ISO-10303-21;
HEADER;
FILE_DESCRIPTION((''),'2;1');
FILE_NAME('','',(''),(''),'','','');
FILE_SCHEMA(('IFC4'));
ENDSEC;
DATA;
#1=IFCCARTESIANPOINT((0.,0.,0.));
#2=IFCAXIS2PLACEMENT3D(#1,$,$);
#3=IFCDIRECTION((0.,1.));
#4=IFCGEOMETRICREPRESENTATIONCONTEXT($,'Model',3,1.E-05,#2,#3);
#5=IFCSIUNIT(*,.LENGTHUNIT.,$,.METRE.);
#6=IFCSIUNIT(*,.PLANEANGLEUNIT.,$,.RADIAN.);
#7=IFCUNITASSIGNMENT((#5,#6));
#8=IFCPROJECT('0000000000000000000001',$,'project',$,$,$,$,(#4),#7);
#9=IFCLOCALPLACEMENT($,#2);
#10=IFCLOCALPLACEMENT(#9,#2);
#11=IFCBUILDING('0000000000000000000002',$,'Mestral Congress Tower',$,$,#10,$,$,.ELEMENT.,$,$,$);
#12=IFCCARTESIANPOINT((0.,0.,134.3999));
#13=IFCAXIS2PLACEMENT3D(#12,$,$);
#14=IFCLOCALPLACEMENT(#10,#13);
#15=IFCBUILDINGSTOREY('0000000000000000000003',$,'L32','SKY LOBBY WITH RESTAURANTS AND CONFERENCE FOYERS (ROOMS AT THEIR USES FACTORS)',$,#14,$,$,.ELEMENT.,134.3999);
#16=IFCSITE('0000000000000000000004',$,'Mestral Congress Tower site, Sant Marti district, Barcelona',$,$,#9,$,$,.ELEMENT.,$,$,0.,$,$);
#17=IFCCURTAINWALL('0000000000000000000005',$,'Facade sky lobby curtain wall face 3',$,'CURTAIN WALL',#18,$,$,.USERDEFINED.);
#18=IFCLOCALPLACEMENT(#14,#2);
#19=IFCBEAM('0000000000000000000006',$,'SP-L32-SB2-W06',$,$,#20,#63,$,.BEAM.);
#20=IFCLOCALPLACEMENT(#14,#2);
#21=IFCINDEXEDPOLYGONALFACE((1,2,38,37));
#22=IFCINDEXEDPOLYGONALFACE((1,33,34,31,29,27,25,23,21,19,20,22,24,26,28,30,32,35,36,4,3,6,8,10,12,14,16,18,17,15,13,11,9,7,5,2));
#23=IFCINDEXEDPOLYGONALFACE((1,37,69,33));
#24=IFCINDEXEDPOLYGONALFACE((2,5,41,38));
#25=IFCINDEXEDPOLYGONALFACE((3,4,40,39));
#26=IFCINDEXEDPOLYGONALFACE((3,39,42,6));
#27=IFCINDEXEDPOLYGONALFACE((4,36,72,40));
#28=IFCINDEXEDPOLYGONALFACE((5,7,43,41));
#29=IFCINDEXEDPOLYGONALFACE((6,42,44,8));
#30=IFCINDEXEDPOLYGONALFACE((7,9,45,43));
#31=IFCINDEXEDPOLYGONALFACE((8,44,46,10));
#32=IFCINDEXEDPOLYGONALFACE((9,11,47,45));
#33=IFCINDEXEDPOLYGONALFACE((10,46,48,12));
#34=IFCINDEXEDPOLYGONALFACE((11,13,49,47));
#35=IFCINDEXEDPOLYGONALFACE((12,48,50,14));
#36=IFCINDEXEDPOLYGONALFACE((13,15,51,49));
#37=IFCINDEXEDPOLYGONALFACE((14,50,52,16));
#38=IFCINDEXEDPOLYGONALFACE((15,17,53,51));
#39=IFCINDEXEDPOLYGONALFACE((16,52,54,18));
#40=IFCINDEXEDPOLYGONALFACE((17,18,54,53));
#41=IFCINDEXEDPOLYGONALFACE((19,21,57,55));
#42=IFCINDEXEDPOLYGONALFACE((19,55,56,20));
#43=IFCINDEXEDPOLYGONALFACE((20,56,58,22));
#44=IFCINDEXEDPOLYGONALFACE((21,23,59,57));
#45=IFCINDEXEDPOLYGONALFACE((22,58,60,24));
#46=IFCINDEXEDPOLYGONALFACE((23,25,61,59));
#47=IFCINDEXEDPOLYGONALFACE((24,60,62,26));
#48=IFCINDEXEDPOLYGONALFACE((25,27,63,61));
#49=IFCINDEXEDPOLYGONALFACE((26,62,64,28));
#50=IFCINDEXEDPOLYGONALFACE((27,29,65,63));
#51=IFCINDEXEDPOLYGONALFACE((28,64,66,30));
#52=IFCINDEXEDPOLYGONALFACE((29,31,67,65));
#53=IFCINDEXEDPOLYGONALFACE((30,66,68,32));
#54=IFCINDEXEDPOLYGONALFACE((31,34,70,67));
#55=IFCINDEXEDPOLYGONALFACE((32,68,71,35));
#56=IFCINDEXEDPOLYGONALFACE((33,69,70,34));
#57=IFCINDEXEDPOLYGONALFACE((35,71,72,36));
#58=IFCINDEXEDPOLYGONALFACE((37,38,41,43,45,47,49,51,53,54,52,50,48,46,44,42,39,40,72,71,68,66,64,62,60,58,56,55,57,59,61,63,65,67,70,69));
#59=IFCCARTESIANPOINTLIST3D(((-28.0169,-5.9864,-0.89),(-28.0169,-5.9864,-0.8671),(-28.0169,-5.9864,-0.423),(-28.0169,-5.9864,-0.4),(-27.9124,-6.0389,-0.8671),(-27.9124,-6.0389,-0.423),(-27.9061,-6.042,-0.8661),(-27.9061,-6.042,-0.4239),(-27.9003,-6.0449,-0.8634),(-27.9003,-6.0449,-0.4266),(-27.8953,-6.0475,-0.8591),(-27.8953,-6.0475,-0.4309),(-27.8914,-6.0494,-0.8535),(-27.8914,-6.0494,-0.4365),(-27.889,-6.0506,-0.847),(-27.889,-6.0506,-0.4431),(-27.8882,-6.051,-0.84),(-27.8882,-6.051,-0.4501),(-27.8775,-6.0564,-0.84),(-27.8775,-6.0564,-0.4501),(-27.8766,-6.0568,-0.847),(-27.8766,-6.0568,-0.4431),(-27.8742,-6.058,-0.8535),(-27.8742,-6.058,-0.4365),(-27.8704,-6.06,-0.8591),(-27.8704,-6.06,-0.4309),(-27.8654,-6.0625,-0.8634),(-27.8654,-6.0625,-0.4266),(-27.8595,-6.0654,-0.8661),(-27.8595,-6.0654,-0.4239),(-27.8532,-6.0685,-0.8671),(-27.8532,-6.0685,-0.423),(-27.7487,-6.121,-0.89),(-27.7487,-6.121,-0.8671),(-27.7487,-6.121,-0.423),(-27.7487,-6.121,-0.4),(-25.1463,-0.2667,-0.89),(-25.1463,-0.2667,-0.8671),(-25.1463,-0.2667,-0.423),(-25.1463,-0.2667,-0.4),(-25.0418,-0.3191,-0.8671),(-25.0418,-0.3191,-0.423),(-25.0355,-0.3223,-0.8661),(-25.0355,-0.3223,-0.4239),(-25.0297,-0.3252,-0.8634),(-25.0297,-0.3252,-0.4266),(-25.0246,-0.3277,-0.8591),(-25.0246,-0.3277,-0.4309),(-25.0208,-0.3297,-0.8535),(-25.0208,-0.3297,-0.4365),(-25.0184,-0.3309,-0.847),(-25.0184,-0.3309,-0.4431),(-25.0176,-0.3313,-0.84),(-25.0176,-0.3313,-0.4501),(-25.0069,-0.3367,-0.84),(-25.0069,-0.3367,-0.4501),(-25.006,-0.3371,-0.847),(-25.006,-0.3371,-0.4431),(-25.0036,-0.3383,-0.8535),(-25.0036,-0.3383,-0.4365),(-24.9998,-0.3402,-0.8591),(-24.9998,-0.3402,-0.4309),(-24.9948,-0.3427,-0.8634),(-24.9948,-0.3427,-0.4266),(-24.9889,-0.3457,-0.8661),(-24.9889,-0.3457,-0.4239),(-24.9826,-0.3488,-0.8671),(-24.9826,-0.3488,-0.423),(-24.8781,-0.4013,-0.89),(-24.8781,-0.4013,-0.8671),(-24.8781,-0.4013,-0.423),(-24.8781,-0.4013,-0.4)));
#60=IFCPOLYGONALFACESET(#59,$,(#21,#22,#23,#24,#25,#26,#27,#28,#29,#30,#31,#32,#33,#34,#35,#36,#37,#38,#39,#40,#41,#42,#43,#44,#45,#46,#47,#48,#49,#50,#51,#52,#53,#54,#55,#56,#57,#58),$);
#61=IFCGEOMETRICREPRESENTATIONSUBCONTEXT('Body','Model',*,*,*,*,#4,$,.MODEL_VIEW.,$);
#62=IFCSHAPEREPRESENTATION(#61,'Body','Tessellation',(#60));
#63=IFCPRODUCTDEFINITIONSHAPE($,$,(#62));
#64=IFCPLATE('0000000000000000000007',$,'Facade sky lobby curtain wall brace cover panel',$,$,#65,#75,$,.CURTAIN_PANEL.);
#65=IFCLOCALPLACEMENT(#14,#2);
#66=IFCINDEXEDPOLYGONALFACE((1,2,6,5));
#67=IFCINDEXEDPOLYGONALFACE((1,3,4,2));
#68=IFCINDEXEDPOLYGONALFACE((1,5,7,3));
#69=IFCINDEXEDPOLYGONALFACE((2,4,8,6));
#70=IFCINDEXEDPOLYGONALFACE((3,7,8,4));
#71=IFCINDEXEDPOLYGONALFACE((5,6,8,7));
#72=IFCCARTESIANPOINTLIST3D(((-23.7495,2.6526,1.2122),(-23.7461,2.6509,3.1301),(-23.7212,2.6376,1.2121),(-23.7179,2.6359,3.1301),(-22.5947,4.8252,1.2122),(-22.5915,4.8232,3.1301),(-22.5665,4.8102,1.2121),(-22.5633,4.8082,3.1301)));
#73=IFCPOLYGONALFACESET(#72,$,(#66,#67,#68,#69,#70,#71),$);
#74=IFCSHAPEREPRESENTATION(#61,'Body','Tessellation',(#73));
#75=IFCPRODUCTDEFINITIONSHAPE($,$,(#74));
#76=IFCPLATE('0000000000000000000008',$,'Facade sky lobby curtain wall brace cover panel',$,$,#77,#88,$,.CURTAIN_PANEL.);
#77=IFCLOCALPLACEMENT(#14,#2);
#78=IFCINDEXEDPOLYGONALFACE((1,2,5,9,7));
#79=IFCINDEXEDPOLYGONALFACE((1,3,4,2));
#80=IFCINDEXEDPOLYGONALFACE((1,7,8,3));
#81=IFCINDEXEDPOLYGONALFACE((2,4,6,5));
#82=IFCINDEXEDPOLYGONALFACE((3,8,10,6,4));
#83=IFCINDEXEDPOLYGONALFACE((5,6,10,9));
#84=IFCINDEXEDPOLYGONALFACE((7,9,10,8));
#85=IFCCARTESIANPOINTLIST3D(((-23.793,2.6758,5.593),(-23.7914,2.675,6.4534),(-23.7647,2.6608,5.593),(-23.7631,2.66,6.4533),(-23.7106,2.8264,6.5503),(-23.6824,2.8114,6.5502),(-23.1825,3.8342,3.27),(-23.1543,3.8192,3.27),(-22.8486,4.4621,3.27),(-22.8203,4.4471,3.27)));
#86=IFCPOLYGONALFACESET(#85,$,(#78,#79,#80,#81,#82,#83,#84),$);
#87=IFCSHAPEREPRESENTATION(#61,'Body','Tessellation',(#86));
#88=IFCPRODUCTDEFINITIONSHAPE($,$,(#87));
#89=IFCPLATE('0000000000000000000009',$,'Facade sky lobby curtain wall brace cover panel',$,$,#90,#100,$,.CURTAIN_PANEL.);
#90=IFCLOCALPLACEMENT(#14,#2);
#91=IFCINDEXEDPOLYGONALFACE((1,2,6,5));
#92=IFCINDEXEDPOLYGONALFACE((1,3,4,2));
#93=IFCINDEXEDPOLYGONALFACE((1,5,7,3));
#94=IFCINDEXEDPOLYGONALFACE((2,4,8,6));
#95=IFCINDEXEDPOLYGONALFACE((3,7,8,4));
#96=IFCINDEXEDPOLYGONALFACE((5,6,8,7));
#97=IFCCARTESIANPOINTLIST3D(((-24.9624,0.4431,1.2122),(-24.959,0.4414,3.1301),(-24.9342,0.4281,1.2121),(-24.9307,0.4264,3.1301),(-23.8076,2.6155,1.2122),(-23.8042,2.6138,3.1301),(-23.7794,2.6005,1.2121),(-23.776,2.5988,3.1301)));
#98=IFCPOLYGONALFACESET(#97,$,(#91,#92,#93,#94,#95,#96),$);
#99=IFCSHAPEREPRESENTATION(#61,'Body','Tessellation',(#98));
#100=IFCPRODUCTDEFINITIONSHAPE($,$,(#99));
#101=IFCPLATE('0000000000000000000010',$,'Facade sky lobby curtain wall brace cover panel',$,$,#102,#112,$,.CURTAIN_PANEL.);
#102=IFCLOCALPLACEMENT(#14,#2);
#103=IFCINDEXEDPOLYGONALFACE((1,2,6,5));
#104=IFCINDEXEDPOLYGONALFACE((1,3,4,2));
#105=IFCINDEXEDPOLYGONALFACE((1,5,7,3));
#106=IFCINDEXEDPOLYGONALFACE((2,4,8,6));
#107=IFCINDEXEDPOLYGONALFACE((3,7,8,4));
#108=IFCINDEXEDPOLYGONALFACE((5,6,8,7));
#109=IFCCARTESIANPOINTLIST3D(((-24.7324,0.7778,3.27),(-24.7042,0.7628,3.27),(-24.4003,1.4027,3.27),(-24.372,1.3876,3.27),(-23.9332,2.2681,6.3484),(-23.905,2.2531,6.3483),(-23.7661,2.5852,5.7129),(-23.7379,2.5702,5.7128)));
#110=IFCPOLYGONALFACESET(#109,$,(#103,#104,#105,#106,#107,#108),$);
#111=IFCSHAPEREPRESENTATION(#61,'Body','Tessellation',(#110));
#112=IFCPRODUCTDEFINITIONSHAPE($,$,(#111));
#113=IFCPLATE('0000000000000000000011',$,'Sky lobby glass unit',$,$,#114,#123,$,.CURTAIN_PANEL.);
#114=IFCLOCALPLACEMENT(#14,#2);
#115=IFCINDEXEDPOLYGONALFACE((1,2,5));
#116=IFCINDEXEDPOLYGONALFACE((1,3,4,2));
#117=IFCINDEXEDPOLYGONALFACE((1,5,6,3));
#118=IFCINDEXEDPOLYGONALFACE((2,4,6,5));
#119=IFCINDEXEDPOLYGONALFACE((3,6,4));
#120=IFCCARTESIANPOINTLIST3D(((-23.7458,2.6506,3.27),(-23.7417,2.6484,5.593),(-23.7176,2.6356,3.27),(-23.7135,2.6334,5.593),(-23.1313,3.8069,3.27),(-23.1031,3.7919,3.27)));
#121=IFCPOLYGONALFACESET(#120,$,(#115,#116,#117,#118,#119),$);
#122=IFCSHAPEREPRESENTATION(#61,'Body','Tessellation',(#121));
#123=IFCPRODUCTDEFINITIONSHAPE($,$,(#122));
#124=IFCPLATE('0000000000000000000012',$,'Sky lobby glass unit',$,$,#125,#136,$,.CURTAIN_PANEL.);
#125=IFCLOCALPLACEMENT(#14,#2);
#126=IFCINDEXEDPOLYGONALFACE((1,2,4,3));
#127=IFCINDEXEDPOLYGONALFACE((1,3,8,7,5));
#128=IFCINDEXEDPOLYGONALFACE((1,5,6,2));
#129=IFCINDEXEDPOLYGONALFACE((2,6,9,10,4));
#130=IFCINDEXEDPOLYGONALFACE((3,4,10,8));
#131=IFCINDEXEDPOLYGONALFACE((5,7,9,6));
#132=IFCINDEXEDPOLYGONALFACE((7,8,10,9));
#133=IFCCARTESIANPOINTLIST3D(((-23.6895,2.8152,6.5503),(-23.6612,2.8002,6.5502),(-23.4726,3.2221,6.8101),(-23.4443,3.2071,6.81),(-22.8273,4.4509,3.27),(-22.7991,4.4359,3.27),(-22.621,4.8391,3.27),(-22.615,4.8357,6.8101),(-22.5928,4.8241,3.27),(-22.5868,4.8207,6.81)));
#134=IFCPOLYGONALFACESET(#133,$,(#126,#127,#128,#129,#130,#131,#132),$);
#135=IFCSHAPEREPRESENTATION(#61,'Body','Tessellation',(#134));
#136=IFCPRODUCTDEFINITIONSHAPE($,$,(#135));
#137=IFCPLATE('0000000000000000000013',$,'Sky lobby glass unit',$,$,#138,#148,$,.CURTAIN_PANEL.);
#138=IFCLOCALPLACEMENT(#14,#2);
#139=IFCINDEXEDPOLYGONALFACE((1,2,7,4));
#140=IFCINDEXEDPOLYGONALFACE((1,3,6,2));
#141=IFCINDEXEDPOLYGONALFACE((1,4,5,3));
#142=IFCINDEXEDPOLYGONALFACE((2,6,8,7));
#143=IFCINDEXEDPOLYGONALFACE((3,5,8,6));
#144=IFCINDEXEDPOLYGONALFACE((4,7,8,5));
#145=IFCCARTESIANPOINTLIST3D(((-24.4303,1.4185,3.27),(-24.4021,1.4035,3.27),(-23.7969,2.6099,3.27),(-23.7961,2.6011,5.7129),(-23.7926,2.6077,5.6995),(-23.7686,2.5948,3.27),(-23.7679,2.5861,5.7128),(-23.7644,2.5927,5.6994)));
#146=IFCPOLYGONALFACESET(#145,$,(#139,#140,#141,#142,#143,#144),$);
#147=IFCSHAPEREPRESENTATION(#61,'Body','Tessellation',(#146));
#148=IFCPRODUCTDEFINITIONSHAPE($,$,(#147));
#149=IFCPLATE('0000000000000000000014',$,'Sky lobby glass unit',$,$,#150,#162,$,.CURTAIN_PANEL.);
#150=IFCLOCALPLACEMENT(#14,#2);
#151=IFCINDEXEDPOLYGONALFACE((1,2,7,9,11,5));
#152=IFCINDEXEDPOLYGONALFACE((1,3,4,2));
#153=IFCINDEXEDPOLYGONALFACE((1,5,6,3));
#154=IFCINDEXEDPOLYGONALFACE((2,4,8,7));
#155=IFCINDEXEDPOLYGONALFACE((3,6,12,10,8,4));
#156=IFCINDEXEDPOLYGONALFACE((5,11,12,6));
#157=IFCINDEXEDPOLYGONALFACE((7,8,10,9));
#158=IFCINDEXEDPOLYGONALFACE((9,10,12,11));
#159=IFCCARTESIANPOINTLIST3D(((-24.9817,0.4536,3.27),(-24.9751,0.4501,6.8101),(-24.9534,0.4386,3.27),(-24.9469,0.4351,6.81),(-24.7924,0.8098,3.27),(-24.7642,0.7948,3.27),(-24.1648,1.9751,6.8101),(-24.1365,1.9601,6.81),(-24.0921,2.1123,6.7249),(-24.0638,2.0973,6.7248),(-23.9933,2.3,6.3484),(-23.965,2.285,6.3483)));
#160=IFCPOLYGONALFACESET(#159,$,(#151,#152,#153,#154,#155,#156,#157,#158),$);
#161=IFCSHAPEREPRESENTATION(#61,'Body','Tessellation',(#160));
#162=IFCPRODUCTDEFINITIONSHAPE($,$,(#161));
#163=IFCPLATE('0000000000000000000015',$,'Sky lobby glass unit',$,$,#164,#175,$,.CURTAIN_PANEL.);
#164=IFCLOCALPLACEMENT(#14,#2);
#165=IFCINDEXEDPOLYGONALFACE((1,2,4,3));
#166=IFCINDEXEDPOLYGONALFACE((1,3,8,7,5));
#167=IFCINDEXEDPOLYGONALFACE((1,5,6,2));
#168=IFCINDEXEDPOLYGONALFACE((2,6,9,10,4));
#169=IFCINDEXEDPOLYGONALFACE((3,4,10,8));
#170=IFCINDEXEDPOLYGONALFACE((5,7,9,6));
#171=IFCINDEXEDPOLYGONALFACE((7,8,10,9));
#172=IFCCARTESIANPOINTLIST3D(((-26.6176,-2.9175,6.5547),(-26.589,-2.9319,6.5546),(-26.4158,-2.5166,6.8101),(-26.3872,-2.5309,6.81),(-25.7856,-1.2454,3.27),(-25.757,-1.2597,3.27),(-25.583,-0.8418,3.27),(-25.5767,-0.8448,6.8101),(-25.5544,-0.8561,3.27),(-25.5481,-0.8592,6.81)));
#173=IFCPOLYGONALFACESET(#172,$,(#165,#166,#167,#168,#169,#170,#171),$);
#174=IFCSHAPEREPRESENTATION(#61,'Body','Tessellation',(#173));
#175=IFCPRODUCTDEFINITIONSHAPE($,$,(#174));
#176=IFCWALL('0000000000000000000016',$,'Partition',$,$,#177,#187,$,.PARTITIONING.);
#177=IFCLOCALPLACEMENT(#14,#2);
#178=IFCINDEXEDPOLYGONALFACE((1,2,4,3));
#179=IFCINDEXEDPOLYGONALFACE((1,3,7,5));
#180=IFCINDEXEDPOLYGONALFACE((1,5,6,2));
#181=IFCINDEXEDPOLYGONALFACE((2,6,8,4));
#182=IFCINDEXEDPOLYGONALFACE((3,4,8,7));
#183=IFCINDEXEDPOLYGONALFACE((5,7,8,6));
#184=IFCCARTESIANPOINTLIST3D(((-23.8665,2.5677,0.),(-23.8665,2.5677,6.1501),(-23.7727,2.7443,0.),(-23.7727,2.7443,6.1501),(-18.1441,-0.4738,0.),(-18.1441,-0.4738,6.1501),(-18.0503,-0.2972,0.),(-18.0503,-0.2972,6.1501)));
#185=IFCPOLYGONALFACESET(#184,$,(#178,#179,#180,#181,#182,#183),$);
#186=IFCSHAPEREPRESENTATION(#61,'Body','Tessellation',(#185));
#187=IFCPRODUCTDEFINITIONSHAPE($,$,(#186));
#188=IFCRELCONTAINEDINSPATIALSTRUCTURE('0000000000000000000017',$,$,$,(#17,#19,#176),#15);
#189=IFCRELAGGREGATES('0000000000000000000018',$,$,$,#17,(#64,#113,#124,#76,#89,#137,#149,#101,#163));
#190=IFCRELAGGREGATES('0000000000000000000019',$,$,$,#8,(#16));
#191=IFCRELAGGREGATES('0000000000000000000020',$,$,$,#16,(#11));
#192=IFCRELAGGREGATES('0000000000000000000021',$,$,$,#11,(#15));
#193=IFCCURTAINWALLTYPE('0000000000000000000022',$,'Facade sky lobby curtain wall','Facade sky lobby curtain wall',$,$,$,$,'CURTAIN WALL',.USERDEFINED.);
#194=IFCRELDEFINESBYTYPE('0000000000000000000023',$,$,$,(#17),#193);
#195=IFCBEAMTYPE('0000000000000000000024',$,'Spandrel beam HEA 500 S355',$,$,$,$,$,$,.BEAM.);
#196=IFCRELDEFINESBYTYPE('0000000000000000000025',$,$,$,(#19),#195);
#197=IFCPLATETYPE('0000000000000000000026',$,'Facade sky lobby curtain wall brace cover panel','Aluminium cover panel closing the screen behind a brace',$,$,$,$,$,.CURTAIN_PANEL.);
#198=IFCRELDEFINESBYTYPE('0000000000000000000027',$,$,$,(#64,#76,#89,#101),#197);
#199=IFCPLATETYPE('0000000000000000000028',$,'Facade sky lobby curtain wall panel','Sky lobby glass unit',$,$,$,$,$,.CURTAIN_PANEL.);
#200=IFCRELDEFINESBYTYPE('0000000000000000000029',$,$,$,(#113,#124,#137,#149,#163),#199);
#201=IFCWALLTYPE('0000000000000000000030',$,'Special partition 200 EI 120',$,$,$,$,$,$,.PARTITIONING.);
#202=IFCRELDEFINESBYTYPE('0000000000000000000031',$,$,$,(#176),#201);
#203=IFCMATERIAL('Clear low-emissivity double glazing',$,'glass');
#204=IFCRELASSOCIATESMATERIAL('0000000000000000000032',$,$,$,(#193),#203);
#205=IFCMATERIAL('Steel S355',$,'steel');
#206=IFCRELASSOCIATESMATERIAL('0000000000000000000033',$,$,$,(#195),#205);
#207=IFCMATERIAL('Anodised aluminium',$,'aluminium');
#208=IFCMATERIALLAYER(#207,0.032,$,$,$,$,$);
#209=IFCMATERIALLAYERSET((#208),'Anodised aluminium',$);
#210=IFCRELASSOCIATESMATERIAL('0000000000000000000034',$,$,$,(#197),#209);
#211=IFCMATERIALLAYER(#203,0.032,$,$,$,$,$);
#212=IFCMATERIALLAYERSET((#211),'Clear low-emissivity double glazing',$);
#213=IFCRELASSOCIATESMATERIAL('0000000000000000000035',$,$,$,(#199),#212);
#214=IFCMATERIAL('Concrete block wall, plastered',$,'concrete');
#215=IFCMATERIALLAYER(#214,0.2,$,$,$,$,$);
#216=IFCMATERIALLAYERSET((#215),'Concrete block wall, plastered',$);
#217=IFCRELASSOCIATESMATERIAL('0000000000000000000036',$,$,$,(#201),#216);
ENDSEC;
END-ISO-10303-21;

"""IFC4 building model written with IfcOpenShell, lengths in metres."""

from ifc_helpers import new_model, si_unit, direction, frame, frame_2d, origin, origin_2d, place, context, subcontext, project, spatial, polyline, rectangle, i_section, outline, extrude, material, layer, layer_set, material_profile, profile_set, type_object, element, aggregate, save


model = new_model("IFC4")

# Units and contexts
model_context = context("Model", 3, precision=1e-05, world=origin(), true_north=direction((0.0, 1.0)))
body_context = subcontext(model_context, "Body", "Model", "MODEL_VIEW")
ifc_project = project(units=[si_unit("LENGTHUNIT", "METRE"), si_unit("PLANEANGLEUNIT", "RADIAN")], contexts=[model_context])

# Site, building, storey
site_placement = place(None, origin())
site = spatial("IfcSite", under=ifc_project, at=site_placement, Name="Mestral Congress Tower site, Sant Marti district, Barcelona", CompositionType="ELEMENT", RefElevation=0.0)
building_placement = place(site_placement, origin())
building = spatial("IfcBuilding", under=site, at=building_placement, Name="Mestral Congress Tower", CompositionType="ELEMENT")
storey_placement = place(building_placement, frame((0.0, 0.0, 134.3999)))
storey = spatial("IfcBuildingStorey", under=building, at=storey_placement, Name="L32", Description="SKY LOBBY WITH RESTAURANTS AND CONFERENCE FOYERS (ROOMS AT THEIR USES FACTORS)", CompositionType="ELEMENT", Elevation=134.3999)

# Shared definitions
ifc_material_1 = material(Name="Steel S355", Category="steel")

# Curtain wall
ifc_material_2 = material(Name="Clear low-emissivity double glazing", Category="glass")
curtain_wall_type = type_object("IfcCurtainWallType", Name="Facade sky lobby curtain wall", Description="Facade sky lobby curtain wall", ElementType="CURTAIN WALL", PredefinedType="USERDEFINED", material=ifc_material_2)
curtain_wall_placement = place(storey_placement, origin())
curtain_wall = element("IfcCurtainWall", 1, at=curtain_wall_placement, inside=storey, type_object=curtain_wall_type, Name="Facade sky lobby curtain wall face 3", ObjectType="CURTAIN WALL", PredefinedType="USERDEFINED")
ifc_material_3 = material(Name="Anodised aluminium", Category="aluminium")

# Beam
ifc_material_profile_1 = material_profile(ifc_material_1, i_section(OverallWidth=0.3, OverallDepth=0.49, WebThickness=0.012, FlangeThickness=0.0229, FilletRadius=0.0271, at=origin_2d()), Name="HEA 500")
ifc_profile_set_1 = profile_set([ifc_material_profile_1], Name="Steel S355")
beam_type_1 = type_object("IfcBeamType", Name="Spandrel beam HEA 500 S355", PredefinedType="BEAM", material=ifc_profile_set_1)
beam_1_placement = place(storey_placement, frame((-25.0122, -0.334, -0.645), z_axis=(-0.448556, -0.893755, 0.0), x_axis=(0.893755, -0.448556, 0.0)))
element("IfcBeam", 2, at=beam_1_placement, inside=storey, type_object=beam_type_1, Name="SP-L32-SB2-W06", PredefinedType="BEAM", context=body_context, shape_type="SweptSolid", body=[
    extrude(i_section(OverallWidth=0.3, OverallDepth=0.49, WebThickness=0.012, FlangeThickness=0.0229, FilletRadius=0.0271, at=origin_2d()), origin(), (0.0, 0.0, 1.0), 6.3997),
])

# Plates
ifc_layer_1 = layer(ifc_material_3, 0.032)
ifc_layer_set_1 = layer_set([ifc_layer_1], Name="Anodised aluminium")
plate_type_1 = type_object("IfcPlateType", Name="Facade sky lobby curtain wall brace cover panel", Description="Aluminium cover panel closing the screen behind a brace", PredefinedType="CURTAIN_PANEL", material=ifc_layer_set_1)
plate_1_placement = place(storey_placement, frame((-23.7461, 2.6509, 3.1301), z_axis=(-0.883025, 0.469322, 0.001965), x_axis=(-0.001759, 0.000879, -0.999998)))
plate_1 = element("IfcPlate", 3, at=plate_1_placement, type_object=plate_type_1, Name="Facade sky lobby curtain wall brace cover panel", PredefinedType="CURTAIN_PANEL", context=body_context, shape_type="SweptSolid", body=[
    extrude(outline(polyline([(0.0, 0.0), (1.918, 0.0), (1.9179, -2.4604), (-0.0001, -2.4601), (0.0, 0.0)])), origin(), (0.0, 0.0, -1.0), 0.032),
])
plate_2_placement = place(storey_placement, frame((-23.793, 2.6758, 5.593), z_axis=(-0.88293, 0.4695, 0.002093), x_axis=(0.228929, 0.434403, -0.87114)))
plate_2 = element("IfcPlate", 4, at=plate_2_placement, type_object=plate_type_1, Name="Facade sky lobby curtain wall brace cover panel", PredefinedType="CURTAIN_PANEL", context=body_context, shape_type="SweptSolid", body=[
    extrude(outline(polyline([(0.0, 0.0), (2.6666, 0.0), (3.0159, -0.6196), (-0.7496, -0.6196), (-0.7495, -0.4225), (0.0, 0.0)])), origin(), (0.0, 0.0, -1.0), 0.032),
])
plate_3_placement = place(storey_placement, frame((-24.959, 0.4414, 3.1301), z_axis=(-0.882993, 0.469382, 0.001992), x_axis=(-0.001782, 0.000891, -0.999998)))
plate_3 = element("IfcPlate", 5, at=plate_3_placement, type_object=plate_type_1, Name="Facade sky lobby curtain wall brace cover panel", PredefinedType="CURTAIN_PANEL", context=body_context, shape_type="SweptSolid", body=[
    extrude(outline(polyline([(0.0, 0.0), (1.918, 0.0), (1.9179, -2.4602), (-0.0001, -2.4602), (0.0, 0.0)])), origin(), (0.0, 0.0, -1.0), 0.032),
])
plate_4_placement = place(storey_placement, frame((-24.7324, 0.7778, 3.27), z_axis=(-0.882989, 0.46939, 0.001996), x_axis=(0.469391, 0.88299, 0.0)))
plate_4 = element("IfcPlate", 6, at=plate_4_placement, type_object=plate_type_1, Name="Facade sky lobby curtain wall brace cover panel", PredefinedType="CURTAIN_PANEL", context=body_context, shape_type="SweptSolid", body=[
    extrude(outline(polyline([(0.0, 0.0), (0.7076, 0.0), (2.0495, -2.4429), (1.6911, -3.0784), (0.0, 0.0)])), origin(), (0.0, 0.0, -1.0), 0.032),
])
ifc_layer_2 = layer(ifc_material_2, 0.032)
ifc_layer_set_2 = layer_set([ifc_layer_2], Name="Clear low-emissivity double glazing")
plate_type_2 = type_object("IfcPlateType", Name="Facade sky lobby curtain wall panel", Description="Sky lobby glass unit", PredefinedType="CURTAIN_PANEL", material=ifc_layer_set_2)
plate_5_placement = place(storey_placement, frame((-23.7458, 2.6506, 3.27), z_axis=(-0.883037, 0.4693, 0.002022), x_axis=(0.469301, 0.883038, 0.0)))
plate_5 = element("IfcPlate", 7, at=plate_5_placement, type_object=plate_type_2, Name="Sky lobby glass unit", PredefinedType="CURTAIN_PANEL", context=body_context, shape_type="SweptSolid", body=[
    extrude(outline(polyline([(0.0, 0.0), (1.3094, 0.0), (0.0, -2.323), (0.0, 0.0)])), origin(), (0.0, 0.0, -1.0), 0.032),
])
plate_6_placement = place(storey_placement, frame((-23.6895, 2.8152, 6.5503), z_axis=(-0.883027, 0.469318, 0.001954), x_axis=(0.228949, 0.434396, -0.871139)))
plate_6 = element("IfcPlate", 8, at=plate_6_placement, type_object=plate_type_2, Name="Sky lobby glass unit", PredefinedType="CURTAIN_PANEL", context=body_context, shape_type="SweptSolid", body=[
    extrude(outline(polyline([(0.0, 0.0), (3.7655, 0.0), (3.9814, -0.383), (0.8974, -2.1211), (0.0001, -0.5293), (0.0, 0.0)])), origin(), (0.0, 0.0, -1.0), 0.032),
])
plate_7_placement = place(storey_placement, frame((-23.7969, 2.6099, 3.27), z_axis=(-0.882944, 0.469474, 0.001954), x_axis=(0.001749, -0.000873, 0.999998)))
plate_7 = element("IfcPlate", 9, at=plate_7_placement, type_object=plate_type_2, Name="Sky lobby glass unit", PredefinedType="CURTAIN_PANEL", context=body_context, shape_type="SweptSolid", body=[
    extrude(outline(polyline([(0.0, 0.0), (2.4294, 0.0), (2.4429, -0.0075), (-0.0001, -1.3493), (0.0, 0.0)])), origin(), (0.0, 0.0, -1.0), 0.032),
])
plate_8_placement = place(storey_placement, frame((-24.9817, 0.4536, 3.27), z_axis=(-0.883065, 0.469245, 0.002099), x_axis=(0.469246, 0.883067, 0.0)))
plate_8 = element("IfcPlate", 10, at=plate_8_placement, type_object=plate_type_2, Name="Sky lobby glass unit", PredefinedType="CURTAIN_PANEL", context=body_context, shape_type="SweptSolid", body=[
    extrude(outline(polyline([(0.0, 0.0), (0.4033, 0.0), (2.0943, -3.0784), (1.8822, -3.4548), (1.7269, -3.54), (0.0, -3.54), (0.0, 0.0)])), origin(), (0.0, 0.0, -1.0), 0.032),
])
plate_9_placement = place(storey_placement, frame((-25.583, -0.8418, 3.27), z_axis=(-0.893749, 0.448563, 0.001969), x_axis=(0.001775, -0.000853, 0.999998)))
plate_9 = element("IfcPlate", 11, at=plate_9_placement, type_object=plate_type_2, Name="Sky lobby glass unit", PredefinedType="CURTAIN_PANEL", context=body_context, shape_type="SweptSolid", body=[
    extrude(outline(polyline([(0.0, 0.0), (3.54, 0.0), (3.54, -1.8705), (3.2846, -2.3194), (0.0, -0.4516), (0.0, 0.0)])), origin(), (0.0, 0.0, -1.0), 0.032),
])
aggregate(curtain_wall, [plate_1, plate_5, plate_6, plate_2, plate_3, plate_7, plate_8, plate_4, plate_9])

# Wall
ifc_material_4 = material(Name="Concrete block wall, plastered", Category="concrete")
ifc_layer_3 = layer(ifc_material_4, 0.2)
ifc_layer_set_3 = layer_set([ifc_layer_3], Name="Concrete block wall, plastered")
wall_type = type_object("IfcWallType", Name="Special partition 200 EI 120", PredefinedType="PARTITIONING", material=ifc_layer_set_3)
wall_placement = place(storey_placement, frame((-23.8196, 2.656, 0.0), z_axis=(0.0, 0.0, 1.0), x_axis=(0.883022, -0.469332, 0.0)))
element("IfcWall", 12, at=wall_placement, inside=storey, type_object=wall_type, Name="Partition", PredefinedType="PARTITIONING", context=body_context, shape_type="SweptSolid", body=[
    extrude(rectangle(XDim=6.4805, YDim=0.2, at=frame_2d((3.2402, 0.0))), origin(), (0.0, 0.0, 1.0), 6.1501),
])

save(model, "model.ifc")
